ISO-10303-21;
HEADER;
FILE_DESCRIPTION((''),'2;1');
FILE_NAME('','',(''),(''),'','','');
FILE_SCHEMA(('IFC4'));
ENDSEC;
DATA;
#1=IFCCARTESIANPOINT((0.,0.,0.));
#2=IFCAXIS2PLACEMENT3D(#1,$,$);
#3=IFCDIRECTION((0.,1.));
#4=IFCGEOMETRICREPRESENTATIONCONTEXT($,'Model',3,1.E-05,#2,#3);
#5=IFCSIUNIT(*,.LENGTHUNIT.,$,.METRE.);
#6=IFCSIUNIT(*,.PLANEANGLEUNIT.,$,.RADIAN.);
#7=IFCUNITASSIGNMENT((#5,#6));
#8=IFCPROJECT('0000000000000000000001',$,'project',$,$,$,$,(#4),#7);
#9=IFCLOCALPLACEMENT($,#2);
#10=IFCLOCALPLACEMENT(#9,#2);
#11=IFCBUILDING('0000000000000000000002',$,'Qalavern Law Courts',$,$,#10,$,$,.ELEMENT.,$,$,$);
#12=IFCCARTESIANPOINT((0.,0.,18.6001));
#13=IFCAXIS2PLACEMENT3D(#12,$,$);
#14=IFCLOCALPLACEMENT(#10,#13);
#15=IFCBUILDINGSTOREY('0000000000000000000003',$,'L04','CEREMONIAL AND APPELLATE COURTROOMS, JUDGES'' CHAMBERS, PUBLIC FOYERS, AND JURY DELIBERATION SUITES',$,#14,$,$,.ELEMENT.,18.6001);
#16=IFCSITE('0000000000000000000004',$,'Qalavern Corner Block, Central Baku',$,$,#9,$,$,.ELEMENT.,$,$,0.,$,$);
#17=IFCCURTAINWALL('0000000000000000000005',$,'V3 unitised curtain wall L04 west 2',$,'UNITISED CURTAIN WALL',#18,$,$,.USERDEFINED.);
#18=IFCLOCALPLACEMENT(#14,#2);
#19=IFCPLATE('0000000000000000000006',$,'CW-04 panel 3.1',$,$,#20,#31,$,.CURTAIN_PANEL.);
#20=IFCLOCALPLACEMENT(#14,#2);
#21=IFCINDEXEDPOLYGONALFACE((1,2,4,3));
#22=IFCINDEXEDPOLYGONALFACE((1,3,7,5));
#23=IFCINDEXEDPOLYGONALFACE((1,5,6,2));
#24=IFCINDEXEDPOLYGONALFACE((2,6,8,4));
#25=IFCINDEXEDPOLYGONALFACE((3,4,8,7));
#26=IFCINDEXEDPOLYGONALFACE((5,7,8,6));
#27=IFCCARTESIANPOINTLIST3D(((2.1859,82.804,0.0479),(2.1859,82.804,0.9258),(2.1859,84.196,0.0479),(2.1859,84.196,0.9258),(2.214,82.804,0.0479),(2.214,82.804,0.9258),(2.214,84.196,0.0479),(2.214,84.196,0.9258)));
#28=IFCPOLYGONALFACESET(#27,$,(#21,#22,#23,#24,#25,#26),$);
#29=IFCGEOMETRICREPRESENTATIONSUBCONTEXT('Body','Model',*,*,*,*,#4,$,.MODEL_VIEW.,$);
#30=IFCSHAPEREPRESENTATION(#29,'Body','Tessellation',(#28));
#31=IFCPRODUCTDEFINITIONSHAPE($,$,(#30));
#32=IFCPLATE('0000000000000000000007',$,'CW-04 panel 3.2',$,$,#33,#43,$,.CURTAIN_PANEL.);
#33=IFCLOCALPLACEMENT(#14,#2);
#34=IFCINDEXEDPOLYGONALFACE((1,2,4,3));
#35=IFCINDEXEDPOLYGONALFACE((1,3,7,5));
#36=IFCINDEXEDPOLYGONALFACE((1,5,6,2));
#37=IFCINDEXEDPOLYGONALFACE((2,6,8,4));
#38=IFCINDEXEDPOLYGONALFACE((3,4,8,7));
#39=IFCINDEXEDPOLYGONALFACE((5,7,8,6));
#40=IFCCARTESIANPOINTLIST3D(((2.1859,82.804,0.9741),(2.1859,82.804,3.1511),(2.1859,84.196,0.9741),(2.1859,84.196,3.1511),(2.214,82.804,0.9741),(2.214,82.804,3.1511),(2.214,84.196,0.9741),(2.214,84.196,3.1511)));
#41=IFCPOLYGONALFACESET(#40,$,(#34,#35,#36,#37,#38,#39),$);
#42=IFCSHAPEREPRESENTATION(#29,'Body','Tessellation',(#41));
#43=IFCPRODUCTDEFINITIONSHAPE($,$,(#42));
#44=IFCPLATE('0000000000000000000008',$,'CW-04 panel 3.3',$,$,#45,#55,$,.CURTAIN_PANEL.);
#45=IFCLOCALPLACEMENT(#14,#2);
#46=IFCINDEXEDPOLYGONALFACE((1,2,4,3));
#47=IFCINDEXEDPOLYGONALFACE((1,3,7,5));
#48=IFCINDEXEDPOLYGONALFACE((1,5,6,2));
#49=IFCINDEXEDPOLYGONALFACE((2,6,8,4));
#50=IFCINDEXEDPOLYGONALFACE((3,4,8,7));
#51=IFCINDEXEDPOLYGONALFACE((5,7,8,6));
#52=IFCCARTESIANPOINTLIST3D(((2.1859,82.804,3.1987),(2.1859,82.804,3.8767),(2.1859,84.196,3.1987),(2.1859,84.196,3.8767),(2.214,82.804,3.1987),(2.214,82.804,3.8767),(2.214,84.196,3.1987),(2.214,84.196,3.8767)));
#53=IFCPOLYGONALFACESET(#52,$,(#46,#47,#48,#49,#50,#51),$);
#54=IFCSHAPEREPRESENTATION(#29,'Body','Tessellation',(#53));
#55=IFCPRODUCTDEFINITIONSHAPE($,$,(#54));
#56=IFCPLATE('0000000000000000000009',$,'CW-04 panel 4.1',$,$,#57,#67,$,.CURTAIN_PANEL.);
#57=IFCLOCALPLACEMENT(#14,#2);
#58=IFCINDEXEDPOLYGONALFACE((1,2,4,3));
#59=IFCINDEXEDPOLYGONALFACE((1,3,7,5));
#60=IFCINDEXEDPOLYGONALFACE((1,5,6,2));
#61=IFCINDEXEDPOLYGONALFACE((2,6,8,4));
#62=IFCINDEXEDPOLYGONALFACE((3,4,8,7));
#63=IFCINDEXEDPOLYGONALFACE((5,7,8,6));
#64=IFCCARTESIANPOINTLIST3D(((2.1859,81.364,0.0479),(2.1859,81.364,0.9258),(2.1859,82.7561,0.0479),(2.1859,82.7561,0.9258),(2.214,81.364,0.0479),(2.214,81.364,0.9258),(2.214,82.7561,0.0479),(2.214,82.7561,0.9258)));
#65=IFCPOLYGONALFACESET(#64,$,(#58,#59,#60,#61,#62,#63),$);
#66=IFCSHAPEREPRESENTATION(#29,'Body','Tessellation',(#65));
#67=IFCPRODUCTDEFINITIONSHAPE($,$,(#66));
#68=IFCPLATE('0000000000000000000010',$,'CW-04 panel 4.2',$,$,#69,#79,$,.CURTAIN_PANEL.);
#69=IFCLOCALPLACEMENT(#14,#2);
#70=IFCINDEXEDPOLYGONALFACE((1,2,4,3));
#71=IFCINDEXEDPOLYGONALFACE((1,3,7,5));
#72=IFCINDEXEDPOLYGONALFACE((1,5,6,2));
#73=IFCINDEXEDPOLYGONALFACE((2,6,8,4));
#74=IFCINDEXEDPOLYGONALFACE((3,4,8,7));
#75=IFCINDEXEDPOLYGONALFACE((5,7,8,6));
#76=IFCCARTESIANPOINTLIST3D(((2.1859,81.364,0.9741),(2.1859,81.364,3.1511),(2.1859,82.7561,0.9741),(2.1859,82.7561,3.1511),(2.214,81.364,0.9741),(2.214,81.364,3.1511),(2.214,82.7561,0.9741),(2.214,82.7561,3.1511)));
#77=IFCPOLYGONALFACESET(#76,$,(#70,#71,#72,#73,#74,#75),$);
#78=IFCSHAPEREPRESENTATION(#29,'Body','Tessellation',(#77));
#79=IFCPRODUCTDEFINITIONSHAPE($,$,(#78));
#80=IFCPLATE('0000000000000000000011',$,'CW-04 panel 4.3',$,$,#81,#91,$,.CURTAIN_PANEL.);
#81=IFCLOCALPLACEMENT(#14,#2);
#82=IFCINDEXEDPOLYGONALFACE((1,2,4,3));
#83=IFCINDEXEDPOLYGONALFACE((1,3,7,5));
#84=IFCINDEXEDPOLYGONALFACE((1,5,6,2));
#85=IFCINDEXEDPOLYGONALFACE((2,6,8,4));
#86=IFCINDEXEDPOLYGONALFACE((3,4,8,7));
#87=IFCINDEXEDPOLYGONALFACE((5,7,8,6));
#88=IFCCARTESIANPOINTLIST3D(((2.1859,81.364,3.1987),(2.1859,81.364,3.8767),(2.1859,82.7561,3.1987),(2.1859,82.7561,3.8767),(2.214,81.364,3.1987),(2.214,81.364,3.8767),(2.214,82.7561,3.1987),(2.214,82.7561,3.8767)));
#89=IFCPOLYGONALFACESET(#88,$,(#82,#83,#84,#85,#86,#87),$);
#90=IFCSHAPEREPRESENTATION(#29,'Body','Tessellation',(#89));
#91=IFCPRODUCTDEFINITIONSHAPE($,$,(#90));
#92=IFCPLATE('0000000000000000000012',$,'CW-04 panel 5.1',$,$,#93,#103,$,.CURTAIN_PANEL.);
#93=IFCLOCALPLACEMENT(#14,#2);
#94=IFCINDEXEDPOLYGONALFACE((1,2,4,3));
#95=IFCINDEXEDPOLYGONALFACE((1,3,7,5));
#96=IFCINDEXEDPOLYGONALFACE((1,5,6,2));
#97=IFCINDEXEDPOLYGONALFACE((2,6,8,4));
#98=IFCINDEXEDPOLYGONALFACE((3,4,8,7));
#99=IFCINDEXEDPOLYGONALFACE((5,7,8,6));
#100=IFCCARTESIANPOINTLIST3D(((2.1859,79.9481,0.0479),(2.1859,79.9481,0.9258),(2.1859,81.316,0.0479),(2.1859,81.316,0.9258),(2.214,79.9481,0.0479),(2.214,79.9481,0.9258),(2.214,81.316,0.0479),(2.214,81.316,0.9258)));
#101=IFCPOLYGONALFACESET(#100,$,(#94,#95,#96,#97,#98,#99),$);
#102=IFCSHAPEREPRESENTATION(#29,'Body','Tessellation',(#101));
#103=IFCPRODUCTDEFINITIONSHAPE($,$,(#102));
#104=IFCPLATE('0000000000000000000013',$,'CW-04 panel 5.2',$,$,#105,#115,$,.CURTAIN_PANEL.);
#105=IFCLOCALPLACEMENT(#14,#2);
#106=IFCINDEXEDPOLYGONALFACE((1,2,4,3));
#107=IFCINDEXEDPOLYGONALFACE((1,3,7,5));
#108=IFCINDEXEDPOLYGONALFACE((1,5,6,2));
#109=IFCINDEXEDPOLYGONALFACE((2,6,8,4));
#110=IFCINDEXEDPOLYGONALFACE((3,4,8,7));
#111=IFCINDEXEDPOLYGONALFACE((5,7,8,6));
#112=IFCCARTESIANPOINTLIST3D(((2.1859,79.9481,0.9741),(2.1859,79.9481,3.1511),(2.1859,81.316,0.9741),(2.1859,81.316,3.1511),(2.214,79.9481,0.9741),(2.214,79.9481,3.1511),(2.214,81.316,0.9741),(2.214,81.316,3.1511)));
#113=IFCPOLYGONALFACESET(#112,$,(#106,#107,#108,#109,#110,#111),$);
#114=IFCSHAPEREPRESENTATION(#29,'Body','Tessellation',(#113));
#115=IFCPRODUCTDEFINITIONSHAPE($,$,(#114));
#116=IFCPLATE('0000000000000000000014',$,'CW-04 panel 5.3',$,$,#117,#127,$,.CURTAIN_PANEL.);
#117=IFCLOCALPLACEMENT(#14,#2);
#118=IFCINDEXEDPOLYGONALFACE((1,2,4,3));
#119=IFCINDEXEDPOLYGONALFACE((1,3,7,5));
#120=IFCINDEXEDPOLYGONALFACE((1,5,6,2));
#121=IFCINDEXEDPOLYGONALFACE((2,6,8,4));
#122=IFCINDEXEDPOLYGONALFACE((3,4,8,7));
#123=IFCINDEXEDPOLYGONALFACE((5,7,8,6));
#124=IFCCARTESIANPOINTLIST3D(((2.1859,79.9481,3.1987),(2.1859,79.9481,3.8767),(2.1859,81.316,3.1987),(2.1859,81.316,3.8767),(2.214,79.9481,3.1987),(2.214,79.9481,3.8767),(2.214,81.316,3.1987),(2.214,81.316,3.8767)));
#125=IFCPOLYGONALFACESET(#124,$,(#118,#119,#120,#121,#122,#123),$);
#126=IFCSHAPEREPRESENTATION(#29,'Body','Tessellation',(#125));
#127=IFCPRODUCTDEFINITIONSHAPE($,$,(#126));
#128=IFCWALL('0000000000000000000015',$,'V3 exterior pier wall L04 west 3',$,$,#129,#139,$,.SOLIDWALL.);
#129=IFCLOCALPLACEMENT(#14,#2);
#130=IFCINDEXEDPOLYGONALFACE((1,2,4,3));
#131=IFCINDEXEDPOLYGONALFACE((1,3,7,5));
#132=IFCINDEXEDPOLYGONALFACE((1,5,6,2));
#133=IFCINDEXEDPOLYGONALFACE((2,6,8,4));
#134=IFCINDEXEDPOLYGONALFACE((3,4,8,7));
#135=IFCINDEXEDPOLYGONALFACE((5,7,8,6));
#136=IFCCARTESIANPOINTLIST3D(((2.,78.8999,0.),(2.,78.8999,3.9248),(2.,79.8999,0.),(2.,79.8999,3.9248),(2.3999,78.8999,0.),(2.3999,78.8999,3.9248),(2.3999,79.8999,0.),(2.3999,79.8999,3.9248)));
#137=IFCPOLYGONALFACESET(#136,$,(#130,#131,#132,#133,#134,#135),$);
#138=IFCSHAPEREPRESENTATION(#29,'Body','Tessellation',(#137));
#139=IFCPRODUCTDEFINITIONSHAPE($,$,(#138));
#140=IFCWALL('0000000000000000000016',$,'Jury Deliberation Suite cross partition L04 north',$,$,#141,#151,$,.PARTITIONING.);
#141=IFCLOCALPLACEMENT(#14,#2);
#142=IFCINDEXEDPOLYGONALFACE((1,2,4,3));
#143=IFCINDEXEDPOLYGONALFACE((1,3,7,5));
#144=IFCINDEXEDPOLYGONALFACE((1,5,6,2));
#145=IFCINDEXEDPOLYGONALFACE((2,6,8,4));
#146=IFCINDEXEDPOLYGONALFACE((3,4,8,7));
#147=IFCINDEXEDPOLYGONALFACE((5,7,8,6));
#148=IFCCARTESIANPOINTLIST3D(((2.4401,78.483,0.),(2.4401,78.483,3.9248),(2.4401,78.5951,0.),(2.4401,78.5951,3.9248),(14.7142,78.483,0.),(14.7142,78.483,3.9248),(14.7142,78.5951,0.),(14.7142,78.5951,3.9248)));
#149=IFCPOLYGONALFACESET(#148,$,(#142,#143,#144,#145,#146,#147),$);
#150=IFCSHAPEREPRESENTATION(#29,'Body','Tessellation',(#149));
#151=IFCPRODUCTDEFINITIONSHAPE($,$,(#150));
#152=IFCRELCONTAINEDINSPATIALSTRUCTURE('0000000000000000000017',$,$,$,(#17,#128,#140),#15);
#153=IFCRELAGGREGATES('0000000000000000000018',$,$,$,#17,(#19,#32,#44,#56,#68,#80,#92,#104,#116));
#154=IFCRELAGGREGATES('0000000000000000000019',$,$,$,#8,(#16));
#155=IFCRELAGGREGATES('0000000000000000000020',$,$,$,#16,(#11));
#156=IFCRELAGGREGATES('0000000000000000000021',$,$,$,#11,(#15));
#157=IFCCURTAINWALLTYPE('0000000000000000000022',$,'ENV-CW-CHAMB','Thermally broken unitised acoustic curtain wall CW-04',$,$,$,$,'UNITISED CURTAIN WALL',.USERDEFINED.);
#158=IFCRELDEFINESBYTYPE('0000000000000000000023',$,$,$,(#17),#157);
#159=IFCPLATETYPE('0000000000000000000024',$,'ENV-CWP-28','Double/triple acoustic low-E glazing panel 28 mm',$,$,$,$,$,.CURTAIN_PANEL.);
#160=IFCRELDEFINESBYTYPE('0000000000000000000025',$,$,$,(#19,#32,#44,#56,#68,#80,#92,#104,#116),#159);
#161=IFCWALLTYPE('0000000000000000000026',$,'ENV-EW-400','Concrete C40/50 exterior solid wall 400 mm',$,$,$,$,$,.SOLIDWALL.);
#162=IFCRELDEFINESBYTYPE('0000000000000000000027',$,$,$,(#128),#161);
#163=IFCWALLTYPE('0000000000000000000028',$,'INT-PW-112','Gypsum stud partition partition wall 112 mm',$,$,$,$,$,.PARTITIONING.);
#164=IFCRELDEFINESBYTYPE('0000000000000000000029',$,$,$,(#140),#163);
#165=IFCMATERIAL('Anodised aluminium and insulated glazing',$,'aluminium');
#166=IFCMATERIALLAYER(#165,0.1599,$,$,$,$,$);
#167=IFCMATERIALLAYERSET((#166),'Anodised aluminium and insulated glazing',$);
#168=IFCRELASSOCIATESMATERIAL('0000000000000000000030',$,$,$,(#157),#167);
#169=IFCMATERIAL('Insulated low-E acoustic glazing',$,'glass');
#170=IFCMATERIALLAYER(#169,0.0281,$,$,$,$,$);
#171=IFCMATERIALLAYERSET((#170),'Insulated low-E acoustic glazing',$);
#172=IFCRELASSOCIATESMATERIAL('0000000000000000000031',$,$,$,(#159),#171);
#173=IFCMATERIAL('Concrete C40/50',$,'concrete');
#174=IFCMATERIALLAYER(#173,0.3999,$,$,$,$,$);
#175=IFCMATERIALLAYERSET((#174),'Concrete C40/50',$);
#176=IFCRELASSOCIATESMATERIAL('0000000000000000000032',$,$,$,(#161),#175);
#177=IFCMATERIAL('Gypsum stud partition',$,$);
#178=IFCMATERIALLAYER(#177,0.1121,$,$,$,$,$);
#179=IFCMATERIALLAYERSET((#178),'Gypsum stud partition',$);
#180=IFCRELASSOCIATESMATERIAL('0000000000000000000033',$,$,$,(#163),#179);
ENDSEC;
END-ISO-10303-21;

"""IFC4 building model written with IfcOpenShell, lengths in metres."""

from ifc_helpers import new_model, si_unit, direction, frame, frame_2d, origin, origin_2d, place, context, subcontext, project, spatial, rectangle, extrude, material, layer, layer_set, type_object, element, aggregate, save


model = new_model("IFC4")

# Units and contexts
model_context = context("Model", 3, precision=1e-05, world=origin(), true_north=direction((0.0, 1.0)))
body_context = subcontext(model_context, "Body", "Model", "MODEL_VIEW")
ifc_project = project(units=[si_unit("LENGTHUNIT", "METRE"), si_unit("PLANEANGLEUNIT", "RADIAN")], contexts=[model_context])

# Site, building, storey
site_placement = place(None, origin())
site = spatial("IfcSite", under=ifc_project, at=site_placement, Name="Qalavern Corner Block, Central Baku", CompositionType="ELEMENT", RefElevation=0.0)
building_placement = place(site_placement, origin())
building = spatial("IfcBuilding", under=site, at=building_placement, Name="Qalavern Law Courts", CompositionType="ELEMENT")
storey_placement = place(building_placement, frame((0.0, 0.0, 18.6001)))
storey = spatial("IfcBuildingStorey", under=building, at=storey_placement, Name="L04", Description="CEREMONIAL AND APPELLATE COURTROOMS, JUDGES' CHAMBERS, PUBLIC FOYERS, AND JURY DELIBERATION SUITES", CompositionType="ELEMENT", Elevation=18.6001)

# Curtain wall
ifc_material_1 = material(Name="Anodised aluminium and insulated glazing", Category="aluminium")
ifc_layer_1 = layer(ifc_material_1, 0.1599)
ifc_layer_set_1 = layer_set([ifc_layer_1], Name="Anodised aluminium and insulated glazing")
curtain_wall_type = type_object("IfcCurtainWallType", Name="ENV-CW-CHAMB", Description="Thermally broken unitised acoustic curtain wall CW-04", ElementType="UNITISED CURTAIN WALL", PredefinedType="USERDEFINED", material=ifc_layer_set_1)
curtain_wall_1_placement = place(storey_placement, origin())
curtain_wall_1 = element("IfcCurtainWall", 1, at=curtain_wall_1_placement, inside=storey, type_object=curtain_wall_type, Name="V3 unitised curtain wall L04 west 2", ObjectType="UNITISED CURTAIN WALL", PredefinedType="USERDEFINED")

# Shared definitions
ifc_material_2 = material(Name="Concrete C40/50", Category="concrete")

# Plates
ifc_material_3 = material(Name="Insulated low-E acoustic glazing", Category="glass")
ifc_layer_2 = layer(ifc_material_3, 0.0281)
ifc_layer_set_2 = layer_set([ifc_layer_2], Name="Insulated low-E acoustic glazing")
plate_type = type_object("IfcPlateType", Name="ENV-CWP-28", Description="Double/triple acoustic low-E glazing panel 28 mm", PredefinedType="CURTAIN_PANEL", material=ifc_layer_set_2)
plate_1_placement = place(storey_placement, frame((2.2, 83.5, 0.0479), z_axis=(0.0, 0.0, 1.0), x_axis=(0.0, -1.0, 0.0)))
plate_1 = element("IfcPlate", 2, at=plate_1_placement, type_object=plate_type, Name="CW-04 panel 3.1", PredefinedType="CURTAIN_PANEL", context=body_context, shape_type="SweptSolid", body=[
    extrude(rectangle(XDim=1.3921, YDim=0.0281, at=origin_2d()), origin(), (0.0, 0.0, 1.0), 0.8779),
])
plate_2_placement = place(storey_placement, frame((2.2, 83.5, 0.9741), z_axis=(0.0, 0.0, 1.0), x_axis=(0.0, -1.0, 0.0)))
plate_2 = element("IfcPlate", 3, at=plate_2_placement, type_object=plate_type, Name="CW-04 panel 3.2", PredefinedType="CURTAIN_PANEL", context=body_context, shape_type="SweptSolid", body=[
    extrude(rectangle(XDim=1.3921, YDim=0.0281, at=origin_2d()), origin(), (0.0, 0.0, 1.0), 2.177),
])
plate_3_placement = place(storey_placement, frame((2.2, 83.5, 3.1987), z_axis=(0.0, 0.0, 1.0), x_axis=(0.0, -1.0, 0.0)))
plate_3 = element("IfcPlate", 4, at=plate_3_placement, type_object=plate_type, Name="CW-04 panel 3.3", PredefinedType="CURTAIN_PANEL", context=body_context, shape_type="SweptSolid", body=[
    extrude(rectangle(XDim=1.3921, YDim=0.0281, at=origin_2d()), origin(), (0.0, 0.0, 1.0), 0.678),
])
plate_4_placement = place(storey_placement, frame((2.2, 82.0601, 0.0479), z_axis=(0.0, 0.0, 1.0), x_axis=(0.0, -1.0, 0.0)))
plate_4 = element("IfcPlate", 5, at=plate_4_placement, type_object=plate_type, Name="CW-04 panel 4.1", PredefinedType="CURTAIN_PANEL", context=body_context, shape_type="SweptSolid", body=[
    extrude(rectangle(XDim=1.3921, YDim=0.0281, at=origin_2d()), origin(), (0.0, 0.0, 1.0), 0.8779),
])
plate_5_placement = place(storey_placement, frame((2.2, 82.0601, 0.9741), z_axis=(0.0, 0.0, 1.0), x_axis=(0.0, -1.0, 0.0)))
plate_5 = element("IfcPlate", 6, at=plate_5_placement, type_object=plate_type, Name="CW-04 panel 4.2", PredefinedType="CURTAIN_PANEL", context=body_context, shape_type="SweptSolid", body=[
    extrude(rectangle(XDim=1.3921, YDim=0.0281, at=origin_2d()), origin(), (0.0, 0.0, 1.0), 2.177),
])
plate_6_placement = place(storey_placement, frame((2.2, 82.0601, 3.1987), z_axis=(0.0, 0.0, 1.0), x_axis=(0.0, -1.0, 0.0)))
plate_6 = element("IfcPlate", 7, at=plate_6_placement, type_object=plate_type, Name="CW-04 panel 4.3", PredefinedType="CURTAIN_PANEL", context=body_context, shape_type="SweptSolid", body=[
    extrude(rectangle(XDim=1.3921, YDim=0.0281, at=origin_2d()), origin(), (0.0, 0.0, 1.0), 0.678),
])
plate_7_placement = place(storey_placement, frame((2.2, 80.6321, 0.0479), z_axis=(0.0, 0.0, 1.0), x_axis=(0.0, -1.0, 0.0)))
plate_7 = element("IfcPlate", 8, at=plate_7_placement, type_object=plate_type, Name="CW-04 panel 5.1", PredefinedType="CURTAIN_PANEL", context=body_context, shape_type="SweptSolid", body=[
    extrude(rectangle(XDim=1.3679, YDim=0.0281, at=origin_2d()), origin(), (0.0, 0.0, 1.0), 0.8779),
])
plate_8_placement = place(storey_placement, frame((2.2, 80.6321, 0.9741), z_axis=(0.0, 0.0, 1.0), x_axis=(0.0, -1.0, 0.0)))
plate_8 = element("IfcPlate", 9, at=plate_8_placement, type_object=plate_type, Name="CW-04 panel 5.2", PredefinedType="CURTAIN_PANEL", context=body_context, shape_type="SweptSolid", body=[
    extrude(rectangle(XDim=1.3679, YDim=0.0281, at=origin_2d()), origin(), (0.0, 0.0, 1.0), 2.177),
])
plate_9_placement = place(storey_placement, frame((2.2, 80.6321, 3.1987), z_axis=(0.0, 0.0, 1.0), x_axis=(0.0, -1.0, 0.0)))
plate_9 = element("IfcPlate", 10, at=plate_9_placement, type_object=plate_type, Name="CW-04 panel 5.3", PredefinedType="CURTAIN_PANEL", context=body_context, shape_type="SweptSolid", body=[
    extrude(rectangle(XDim=1.3679, YDim=0.0281, at=origin_2d()), origin(), (0.0, 0.0, 1.0), 0.678),
])
aggregate(curtain_wall_1, [plate_1, plate_2, plate_3, plate_4, plate_5, plate_6, plate_7, plate_8, plate_9])

# Walls
ifc_layer_3 = layer(ifc_material_2, 0.3999)
ifc_layer_set_3 = layer_set([ifc_layer_3], Name="Concrete C40/50")
wall_type_1 = type_object("IfcWallType", Name="ENV-EW-400", Description="Concrete C40/50 exterior solid wall 400 mm", PredefinedType="SOLIDWALL", material=ifc_layer_set_3)
wall_1_placement = place(storey_placement, frame((2.2, 79.8999, 0.0), z_axis=(0.0, 0.0, 1.0), x_axis=(0.0, -1.0, 0.0)))
element("IfcWall", 11, at=wall_1_placement, inside=storey, type_object=wall_type_1, Name="V3 exterior pier wall L04 west 3", PredefinedType="SOLIDWALL", context=body_context, shape_type="SweptSolid", body=[
    extrude(rectangle(XDim=1.0, YDim=0.3999, at=frame_2d((0.5, 0.0))), origin(), (0.0, 0.0, 1.0), 3.9248),
])
ifc_material_4 = material(Name="Gypsum stud partition")
ifc_layer_4 = layer(ifc_material_4, 0.1121)
ifc_layer_set_4 = layer_set([ifc_layer_4], Name="Gypsum stud partition")
wall_type_2 = type_object("IfcWallType", Name="INT-PW-112", Description="Gypsum stud partition partition wall 112 mm", PredefinedType="PARTITIONING", material=ifc_layer_set_4)
wall_2_placement = place(storey_placement, frame((2.4399, 78.5391, 0.0), z_axis=(0.0, 0.0, 1.0), x_axis=(1.0, 0.0, 0.0)))
element("IfcWall", 12, at=wall_2_placement, inside=storey, type_object=wall_type_2, Name="Jury Deliberation Suite cross partition L04 north", PredefinedType="PARTITIONING", context=body_context, shape_type="SweptSolid", body=[
    extrude(rectangle(XDim=12.2742, YDim=0.1121, at=frame_2d((6.1372, 0.0))), origin(), (0.0, 0.0, 1.0), 3.9248),
])

save(model, "model.ifc")
